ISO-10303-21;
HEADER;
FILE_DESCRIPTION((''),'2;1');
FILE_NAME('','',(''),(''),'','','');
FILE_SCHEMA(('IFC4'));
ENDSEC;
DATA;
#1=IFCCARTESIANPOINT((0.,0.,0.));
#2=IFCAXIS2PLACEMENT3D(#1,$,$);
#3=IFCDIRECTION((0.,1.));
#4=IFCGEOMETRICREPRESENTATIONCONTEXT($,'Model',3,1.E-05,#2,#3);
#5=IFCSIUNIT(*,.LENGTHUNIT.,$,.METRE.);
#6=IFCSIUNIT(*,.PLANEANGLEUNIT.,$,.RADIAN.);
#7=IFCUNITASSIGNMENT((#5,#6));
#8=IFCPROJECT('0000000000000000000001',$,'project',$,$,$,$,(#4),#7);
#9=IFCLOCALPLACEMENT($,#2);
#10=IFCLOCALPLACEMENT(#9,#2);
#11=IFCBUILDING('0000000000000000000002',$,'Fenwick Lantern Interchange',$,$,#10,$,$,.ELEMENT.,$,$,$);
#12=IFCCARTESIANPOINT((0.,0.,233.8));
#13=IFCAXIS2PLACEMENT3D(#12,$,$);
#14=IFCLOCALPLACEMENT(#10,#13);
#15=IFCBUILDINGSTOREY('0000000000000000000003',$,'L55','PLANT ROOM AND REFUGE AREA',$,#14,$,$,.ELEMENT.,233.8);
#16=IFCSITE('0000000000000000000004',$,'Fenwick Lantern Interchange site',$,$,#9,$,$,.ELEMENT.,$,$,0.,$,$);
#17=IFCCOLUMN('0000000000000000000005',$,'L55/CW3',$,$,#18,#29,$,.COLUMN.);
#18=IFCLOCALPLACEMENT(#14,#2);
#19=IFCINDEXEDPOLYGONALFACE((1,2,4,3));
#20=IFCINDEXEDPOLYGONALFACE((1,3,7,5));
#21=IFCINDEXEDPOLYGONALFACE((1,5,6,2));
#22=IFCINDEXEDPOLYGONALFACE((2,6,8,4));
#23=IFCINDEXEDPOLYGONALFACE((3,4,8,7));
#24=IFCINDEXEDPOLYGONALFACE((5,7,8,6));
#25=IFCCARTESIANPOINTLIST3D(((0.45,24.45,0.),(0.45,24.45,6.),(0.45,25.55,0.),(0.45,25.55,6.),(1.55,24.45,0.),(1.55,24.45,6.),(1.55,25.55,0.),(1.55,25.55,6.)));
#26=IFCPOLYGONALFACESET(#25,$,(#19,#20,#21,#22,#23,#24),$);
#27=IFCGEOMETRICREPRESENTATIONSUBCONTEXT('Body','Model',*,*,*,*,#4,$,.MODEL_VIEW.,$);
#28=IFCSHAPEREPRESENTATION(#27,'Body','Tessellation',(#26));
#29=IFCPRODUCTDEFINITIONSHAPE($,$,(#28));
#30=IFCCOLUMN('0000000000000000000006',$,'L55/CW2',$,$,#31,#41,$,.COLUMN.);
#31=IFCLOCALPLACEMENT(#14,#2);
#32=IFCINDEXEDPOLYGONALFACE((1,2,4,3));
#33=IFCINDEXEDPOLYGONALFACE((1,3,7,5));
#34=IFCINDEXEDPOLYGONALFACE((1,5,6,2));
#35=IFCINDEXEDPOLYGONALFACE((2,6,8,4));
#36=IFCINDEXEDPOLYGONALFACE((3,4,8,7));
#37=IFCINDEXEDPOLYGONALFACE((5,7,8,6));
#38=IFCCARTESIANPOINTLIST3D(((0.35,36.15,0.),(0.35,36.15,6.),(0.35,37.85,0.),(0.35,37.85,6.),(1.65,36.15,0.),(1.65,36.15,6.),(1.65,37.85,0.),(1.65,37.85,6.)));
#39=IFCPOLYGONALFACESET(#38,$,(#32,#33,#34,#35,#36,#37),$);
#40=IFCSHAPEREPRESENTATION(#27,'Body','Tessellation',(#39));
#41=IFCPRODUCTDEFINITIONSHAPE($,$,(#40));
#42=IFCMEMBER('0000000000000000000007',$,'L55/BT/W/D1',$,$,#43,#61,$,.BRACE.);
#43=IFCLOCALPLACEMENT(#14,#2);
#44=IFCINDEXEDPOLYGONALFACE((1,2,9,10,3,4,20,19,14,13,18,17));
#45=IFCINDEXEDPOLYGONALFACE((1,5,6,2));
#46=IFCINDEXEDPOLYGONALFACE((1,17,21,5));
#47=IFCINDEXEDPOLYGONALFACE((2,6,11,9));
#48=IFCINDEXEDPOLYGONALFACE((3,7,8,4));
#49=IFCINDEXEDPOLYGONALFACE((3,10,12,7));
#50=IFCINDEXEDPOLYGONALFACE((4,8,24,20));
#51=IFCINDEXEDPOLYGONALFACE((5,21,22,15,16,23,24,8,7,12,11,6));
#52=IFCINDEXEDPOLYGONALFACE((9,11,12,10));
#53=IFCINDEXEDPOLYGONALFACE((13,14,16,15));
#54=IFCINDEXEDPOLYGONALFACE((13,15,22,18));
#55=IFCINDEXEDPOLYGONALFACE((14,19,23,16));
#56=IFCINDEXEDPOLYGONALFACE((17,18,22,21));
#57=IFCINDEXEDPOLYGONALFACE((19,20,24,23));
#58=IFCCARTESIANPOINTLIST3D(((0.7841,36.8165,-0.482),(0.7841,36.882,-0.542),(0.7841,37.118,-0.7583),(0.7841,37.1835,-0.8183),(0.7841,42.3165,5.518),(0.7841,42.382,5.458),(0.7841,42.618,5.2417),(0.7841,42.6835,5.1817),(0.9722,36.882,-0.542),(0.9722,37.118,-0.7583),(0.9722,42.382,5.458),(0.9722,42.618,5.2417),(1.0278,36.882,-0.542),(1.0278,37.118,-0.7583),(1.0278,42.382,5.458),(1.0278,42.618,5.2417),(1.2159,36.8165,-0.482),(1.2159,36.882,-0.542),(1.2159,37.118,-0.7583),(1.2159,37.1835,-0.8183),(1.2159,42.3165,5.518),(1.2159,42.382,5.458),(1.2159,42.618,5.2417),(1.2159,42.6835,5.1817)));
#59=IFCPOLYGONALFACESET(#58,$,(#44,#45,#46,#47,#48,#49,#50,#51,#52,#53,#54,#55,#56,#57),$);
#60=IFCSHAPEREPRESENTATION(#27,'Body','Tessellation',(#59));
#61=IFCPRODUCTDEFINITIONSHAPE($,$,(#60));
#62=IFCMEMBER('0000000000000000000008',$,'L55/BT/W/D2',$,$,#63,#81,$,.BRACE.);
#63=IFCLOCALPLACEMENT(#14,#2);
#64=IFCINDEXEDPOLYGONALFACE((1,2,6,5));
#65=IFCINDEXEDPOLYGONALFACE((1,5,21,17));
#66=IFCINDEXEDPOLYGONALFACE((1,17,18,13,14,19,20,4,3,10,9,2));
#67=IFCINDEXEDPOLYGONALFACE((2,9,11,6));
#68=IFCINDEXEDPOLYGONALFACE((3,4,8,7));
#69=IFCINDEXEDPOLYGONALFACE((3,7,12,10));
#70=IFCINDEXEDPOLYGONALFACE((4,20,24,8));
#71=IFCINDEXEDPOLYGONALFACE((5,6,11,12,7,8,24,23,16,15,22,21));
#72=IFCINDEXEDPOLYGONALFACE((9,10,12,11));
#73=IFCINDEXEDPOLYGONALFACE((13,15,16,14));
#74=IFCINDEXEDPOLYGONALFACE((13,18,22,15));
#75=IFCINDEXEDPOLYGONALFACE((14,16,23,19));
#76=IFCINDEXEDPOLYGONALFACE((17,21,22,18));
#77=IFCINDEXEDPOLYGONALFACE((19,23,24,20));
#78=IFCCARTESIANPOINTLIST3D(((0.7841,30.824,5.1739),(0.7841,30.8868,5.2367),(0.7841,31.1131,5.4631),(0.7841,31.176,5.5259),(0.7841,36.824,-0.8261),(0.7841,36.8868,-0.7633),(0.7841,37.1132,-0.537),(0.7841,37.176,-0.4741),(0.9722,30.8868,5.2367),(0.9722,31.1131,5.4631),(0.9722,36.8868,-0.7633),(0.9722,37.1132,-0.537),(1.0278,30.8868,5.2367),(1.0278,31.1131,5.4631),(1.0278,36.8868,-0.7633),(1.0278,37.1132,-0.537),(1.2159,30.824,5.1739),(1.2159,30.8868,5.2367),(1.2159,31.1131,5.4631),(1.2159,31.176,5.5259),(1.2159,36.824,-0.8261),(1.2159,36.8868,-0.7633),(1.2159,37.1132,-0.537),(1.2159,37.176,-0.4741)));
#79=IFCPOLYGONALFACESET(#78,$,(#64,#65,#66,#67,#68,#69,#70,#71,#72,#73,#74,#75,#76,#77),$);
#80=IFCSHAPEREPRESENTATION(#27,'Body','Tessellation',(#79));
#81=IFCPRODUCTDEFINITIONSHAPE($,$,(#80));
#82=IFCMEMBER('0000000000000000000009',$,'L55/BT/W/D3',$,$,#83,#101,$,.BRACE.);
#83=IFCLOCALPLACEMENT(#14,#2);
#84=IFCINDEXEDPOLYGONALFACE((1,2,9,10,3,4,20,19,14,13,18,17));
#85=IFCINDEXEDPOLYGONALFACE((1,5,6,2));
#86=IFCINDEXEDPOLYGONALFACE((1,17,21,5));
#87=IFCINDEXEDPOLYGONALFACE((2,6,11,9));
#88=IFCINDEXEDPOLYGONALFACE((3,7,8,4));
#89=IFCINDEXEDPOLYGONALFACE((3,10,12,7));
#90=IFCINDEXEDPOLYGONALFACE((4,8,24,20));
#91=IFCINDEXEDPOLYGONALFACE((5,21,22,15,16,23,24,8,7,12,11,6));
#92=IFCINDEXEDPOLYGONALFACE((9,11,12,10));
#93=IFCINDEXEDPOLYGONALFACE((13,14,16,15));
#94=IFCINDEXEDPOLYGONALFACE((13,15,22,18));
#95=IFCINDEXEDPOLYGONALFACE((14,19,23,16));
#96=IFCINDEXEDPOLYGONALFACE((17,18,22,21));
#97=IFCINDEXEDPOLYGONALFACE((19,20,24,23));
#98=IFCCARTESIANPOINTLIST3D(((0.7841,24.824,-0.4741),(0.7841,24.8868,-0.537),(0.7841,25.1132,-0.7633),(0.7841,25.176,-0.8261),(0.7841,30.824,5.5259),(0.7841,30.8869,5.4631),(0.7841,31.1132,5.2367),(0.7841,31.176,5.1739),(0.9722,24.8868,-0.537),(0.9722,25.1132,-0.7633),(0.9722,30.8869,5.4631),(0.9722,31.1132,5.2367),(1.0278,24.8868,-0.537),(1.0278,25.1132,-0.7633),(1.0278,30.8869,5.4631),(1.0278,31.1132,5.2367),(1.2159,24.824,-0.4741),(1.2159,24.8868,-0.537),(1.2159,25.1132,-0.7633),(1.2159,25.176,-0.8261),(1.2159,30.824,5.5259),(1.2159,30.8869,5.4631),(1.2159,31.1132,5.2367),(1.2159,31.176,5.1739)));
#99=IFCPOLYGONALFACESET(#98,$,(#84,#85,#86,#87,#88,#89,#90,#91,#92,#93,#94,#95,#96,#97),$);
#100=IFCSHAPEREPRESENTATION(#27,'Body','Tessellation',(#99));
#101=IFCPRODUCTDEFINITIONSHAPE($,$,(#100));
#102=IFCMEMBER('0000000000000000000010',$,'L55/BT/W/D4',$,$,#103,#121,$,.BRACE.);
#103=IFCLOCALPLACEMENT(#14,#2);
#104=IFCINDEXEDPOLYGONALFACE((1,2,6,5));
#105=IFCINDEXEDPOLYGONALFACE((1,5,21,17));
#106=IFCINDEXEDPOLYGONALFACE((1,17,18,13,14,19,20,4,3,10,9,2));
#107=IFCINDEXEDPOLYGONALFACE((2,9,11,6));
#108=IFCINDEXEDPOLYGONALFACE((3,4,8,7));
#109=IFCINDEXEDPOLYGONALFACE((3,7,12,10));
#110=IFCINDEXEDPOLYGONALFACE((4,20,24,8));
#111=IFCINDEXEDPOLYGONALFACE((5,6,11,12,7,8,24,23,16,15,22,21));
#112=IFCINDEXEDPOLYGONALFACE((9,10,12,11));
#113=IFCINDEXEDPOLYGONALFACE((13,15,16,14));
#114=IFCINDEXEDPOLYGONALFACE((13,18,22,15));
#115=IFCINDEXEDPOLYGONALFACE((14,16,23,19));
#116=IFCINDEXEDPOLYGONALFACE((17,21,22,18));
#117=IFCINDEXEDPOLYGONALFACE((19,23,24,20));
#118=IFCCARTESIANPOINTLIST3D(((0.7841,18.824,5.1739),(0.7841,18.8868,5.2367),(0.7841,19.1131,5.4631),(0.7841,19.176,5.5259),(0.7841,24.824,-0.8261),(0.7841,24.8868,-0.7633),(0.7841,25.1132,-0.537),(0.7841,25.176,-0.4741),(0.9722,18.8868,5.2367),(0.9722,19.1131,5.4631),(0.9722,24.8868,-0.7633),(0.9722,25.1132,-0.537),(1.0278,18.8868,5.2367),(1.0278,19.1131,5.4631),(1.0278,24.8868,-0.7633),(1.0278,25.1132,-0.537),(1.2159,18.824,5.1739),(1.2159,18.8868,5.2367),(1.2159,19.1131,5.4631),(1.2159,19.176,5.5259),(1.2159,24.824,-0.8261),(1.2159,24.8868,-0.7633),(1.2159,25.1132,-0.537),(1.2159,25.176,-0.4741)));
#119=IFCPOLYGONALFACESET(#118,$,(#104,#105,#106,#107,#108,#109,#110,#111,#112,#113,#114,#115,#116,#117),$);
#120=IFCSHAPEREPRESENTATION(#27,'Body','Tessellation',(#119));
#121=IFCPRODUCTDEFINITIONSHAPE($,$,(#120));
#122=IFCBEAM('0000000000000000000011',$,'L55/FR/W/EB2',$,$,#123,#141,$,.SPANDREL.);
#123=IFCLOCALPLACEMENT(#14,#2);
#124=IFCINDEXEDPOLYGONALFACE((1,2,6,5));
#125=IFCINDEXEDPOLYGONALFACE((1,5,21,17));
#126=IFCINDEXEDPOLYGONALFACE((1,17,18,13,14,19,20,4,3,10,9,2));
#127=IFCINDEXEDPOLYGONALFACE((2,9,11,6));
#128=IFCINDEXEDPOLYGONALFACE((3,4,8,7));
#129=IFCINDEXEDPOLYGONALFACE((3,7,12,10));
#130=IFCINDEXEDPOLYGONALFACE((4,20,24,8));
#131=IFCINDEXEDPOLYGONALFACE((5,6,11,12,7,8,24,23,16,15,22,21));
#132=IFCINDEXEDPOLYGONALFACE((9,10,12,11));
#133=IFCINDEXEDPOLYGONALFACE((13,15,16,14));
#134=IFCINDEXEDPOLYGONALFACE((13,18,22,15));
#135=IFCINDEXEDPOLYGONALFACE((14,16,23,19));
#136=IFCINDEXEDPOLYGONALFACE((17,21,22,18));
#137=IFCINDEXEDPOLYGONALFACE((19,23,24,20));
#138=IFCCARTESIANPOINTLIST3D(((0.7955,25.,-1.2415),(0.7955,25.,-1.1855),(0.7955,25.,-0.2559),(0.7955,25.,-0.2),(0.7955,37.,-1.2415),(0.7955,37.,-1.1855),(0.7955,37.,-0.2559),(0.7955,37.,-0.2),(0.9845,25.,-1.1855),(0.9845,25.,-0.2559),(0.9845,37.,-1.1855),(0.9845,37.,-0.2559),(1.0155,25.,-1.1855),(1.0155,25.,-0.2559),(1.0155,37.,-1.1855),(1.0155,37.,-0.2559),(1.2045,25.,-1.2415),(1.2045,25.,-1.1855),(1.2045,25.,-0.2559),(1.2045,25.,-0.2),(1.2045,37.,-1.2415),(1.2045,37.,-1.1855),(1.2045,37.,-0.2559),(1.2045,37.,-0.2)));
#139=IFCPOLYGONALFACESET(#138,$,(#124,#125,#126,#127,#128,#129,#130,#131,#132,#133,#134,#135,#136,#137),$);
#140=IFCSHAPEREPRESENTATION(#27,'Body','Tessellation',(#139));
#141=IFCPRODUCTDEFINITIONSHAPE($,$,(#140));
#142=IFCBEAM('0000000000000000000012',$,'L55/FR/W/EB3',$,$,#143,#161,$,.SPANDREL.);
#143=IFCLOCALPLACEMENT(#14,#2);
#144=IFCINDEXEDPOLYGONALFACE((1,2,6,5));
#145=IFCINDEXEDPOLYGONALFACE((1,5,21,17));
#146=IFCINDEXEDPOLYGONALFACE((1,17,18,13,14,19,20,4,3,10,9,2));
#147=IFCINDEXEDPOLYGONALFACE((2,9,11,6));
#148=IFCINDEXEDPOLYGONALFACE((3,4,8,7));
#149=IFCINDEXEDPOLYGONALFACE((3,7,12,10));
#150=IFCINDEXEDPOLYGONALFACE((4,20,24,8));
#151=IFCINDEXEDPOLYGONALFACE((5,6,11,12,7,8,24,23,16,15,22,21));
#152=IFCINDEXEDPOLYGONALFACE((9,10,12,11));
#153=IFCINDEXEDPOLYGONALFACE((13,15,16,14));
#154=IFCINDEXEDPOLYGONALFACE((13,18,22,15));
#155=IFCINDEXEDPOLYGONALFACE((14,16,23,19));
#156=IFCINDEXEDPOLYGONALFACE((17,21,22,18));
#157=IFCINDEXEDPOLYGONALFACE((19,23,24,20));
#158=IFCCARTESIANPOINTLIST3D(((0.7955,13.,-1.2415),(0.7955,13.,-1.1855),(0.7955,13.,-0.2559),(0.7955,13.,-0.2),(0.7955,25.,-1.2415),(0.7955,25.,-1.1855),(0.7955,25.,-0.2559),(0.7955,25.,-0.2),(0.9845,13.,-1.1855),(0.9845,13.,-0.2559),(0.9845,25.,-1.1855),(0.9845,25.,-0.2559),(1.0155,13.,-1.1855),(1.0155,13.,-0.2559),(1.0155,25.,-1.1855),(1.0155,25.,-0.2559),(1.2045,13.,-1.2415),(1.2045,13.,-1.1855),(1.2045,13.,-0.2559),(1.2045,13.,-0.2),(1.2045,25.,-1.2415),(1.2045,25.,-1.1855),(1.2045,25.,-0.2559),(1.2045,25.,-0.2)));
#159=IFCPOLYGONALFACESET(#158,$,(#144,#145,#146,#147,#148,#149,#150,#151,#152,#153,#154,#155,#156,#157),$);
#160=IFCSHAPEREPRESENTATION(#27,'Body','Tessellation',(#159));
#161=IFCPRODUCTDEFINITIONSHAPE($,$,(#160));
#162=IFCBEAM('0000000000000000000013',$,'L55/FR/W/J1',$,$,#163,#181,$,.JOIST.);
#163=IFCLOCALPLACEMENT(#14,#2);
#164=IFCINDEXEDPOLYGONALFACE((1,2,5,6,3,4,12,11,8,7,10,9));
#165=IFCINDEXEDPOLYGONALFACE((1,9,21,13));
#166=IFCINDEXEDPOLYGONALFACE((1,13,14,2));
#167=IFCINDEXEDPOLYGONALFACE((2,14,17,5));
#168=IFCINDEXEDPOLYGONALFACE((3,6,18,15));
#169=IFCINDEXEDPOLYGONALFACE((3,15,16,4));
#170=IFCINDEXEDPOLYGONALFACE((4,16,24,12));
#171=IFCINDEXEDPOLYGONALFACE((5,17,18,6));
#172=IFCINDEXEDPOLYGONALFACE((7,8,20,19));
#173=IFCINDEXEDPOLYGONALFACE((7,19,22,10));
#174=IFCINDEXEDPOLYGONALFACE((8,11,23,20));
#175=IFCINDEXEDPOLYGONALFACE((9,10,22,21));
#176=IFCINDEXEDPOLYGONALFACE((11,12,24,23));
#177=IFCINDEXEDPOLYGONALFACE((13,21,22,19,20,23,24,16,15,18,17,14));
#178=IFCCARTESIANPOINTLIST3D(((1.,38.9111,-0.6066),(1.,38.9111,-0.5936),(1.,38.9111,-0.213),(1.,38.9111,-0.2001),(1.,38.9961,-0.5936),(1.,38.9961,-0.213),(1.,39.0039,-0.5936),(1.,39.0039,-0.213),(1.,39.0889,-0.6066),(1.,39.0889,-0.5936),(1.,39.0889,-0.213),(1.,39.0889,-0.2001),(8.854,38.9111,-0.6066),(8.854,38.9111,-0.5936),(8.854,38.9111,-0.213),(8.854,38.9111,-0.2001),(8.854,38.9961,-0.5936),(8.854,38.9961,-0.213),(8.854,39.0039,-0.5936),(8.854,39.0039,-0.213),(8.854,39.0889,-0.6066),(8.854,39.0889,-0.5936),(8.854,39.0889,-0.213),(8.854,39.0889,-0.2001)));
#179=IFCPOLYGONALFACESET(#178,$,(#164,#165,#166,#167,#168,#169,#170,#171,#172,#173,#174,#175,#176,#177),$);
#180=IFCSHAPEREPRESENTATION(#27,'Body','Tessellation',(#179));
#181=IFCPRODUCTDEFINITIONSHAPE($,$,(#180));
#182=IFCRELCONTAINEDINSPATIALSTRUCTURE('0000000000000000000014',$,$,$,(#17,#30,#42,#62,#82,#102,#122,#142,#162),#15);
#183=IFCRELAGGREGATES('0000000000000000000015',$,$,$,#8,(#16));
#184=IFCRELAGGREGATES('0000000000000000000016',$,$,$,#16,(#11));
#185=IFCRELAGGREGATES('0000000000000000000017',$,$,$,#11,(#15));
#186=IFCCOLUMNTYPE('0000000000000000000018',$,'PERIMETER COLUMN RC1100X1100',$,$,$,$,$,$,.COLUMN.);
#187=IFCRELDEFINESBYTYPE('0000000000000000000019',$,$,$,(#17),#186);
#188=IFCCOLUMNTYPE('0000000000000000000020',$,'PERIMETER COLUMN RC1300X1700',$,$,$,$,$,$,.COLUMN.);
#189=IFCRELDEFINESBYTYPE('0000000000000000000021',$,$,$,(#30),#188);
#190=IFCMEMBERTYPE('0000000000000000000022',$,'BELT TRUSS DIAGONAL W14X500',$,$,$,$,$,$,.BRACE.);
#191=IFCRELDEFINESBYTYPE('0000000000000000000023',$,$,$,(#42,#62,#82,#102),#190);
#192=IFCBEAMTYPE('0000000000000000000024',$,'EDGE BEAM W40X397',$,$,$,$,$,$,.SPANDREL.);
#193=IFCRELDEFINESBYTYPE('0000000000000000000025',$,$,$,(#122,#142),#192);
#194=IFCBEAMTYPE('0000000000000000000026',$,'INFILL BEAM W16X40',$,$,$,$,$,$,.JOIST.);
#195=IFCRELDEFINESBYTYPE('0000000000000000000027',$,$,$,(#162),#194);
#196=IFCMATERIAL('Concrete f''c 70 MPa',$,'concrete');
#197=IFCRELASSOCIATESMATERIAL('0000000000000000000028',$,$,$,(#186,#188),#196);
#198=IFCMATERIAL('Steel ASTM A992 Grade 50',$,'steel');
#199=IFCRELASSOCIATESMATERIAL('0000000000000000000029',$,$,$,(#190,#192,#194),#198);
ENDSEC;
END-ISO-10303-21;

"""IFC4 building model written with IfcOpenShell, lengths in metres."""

from ifc_helpers import new_model, si_unit, direction, frame, origin, origin_2d, place, context, subcontext, project, spatial, rectangle, i_section, extrude, material, material_profile, profile_set, type_object, element, save


model = new_model("IFC4")

# Units and contexts
model_context = context("Model", 3, precision=1e-05, world=origin(), true_north=direction((0.0, 1.0)))
body_context = subcontext(model_context, "Body", "Model", "MODEL_VIEW")
ifc_project = project(units=[si_unit("LENGTHUNIT", "METRE"), si_unit("PLANEANGLEUNIT", "RADIAN")], contexts=[model_context])

# Site, building, storey
site_placement = place(None, origin())
site = spatial("IfcSite", under=ifc_project, at=site_placement, Name="Fenwick Lantern Interchange site", CompositionType="ELEMENT", RefElevation=0.0)
building_placement = place(site_placement, origin())
building = spatial("IfcBuilding", under=site, at=building_placement, Name="Fenwick Lantern Interchange", CompositionType="ELEMENT")
storey_placement = place(building_placement, frame((0.0, 0.0, 233.8)))
storey = spatial("IfcBuildingStorey", under=building, at=storey_placement, Name="L55", Description="PLANT ROOM AND REFUGE AREA", CompositionType="ELEMENT", Elevation=233.8)

# Columns
ifc_material_1 = material(Name="Concrete f'c 70 MPa", Category="concrete")
ifc_material_profile_1 = material_profile(ifc_material_1, rectangle(XDim=1.1001, YDim=1.1001, at=origin_2d()), Name="RC1100X1100")
ifc_profile_set_1 = profile_set([ifc_material_profile_1], Name="Concrete f'c 70 MPa")
column_type_1 = type_object("IfcColumnType", Name="PERIMETER COLUMN RC1100X1100", PredefinedType="COLUMN", material=ifc_profile_set_1)
column_1_placement = place(storey_placement, frame((1.0, 25.0, 0.0), z_axis=(0.0, 0.0, 1.0), x_axis=(1.0, 0.0, 0.0)))
element("IfcColumn", 1, at=column_1_placement, inside=storey, type_object=column_type_1, Name="L55/CW3", PredefinedType="COLUMN", context=body_context, shape_type="SweptSolid", body=[
    extrude(rectangle(XDim=1.1001, YDim=1.1001, at=origin_2d()), origin(), (0.0, 0.0, 1.0), 6.0),
])
ifc_material_profile_2 = material_profile(ifc_material_1, rectangle(XDim=1.3, YDim=1.7, at=origin_2d()), Name="RC1300X1700")
ifc_profile_set_2 = profile_set([ifc_material_profile_2], Name="Concrete f'c 70 MPa")
column_type_2 = type_object("IfcColumnType", Name="PERIMETER COLUMN RC1300X1700", PredefinedType="COLUMN", material=ifc_profile_set_2)
column_2_placement = place(storey_placement, frame((1.0, 37.0, 0.0), z_axis=(0.0, 0.0, 1.0), x_axis=(1.0, 0.0, 0.0)))
element("IfcColumn", 2, at=column_2_placement, inside=storey, type_object=column_type_2, Name="L55/CW2", PredefinedType="COLUMN", context=body_context, shape_type="SweptSolid", body=[
    extrude(rectangle(XDim=1.3, YDim=1.7, at=origin_2d()), origin(), (0.0, 0.0, 1.0), 6.0),
])

# Members
ifc_material_2 = material(Name="Steel ASTM A992 Grade 50", Category="steel")
ifc_material_profile_3 = material_profile(ifc_material_2, i_section(OverallWidth=0.4319, OverallDepth=0.4978, WebThickness=0.0557, FlangeThickness=0.0889, at=origin_2d()), Name="W14X500")
ifc_profile_set_3 = profile_set([ifc_material_profile_3], Name="Steel ASTM A992 Grade 50")
member_type_1 = type_object("IfcMemberType", Name="BELT TRUSS DIAGONAL W14X500", PredefinedType="BRACE", material=ifc_profile_set_3)
member_1_placement = place(storey_placement, frame((1.0, 37.0, -0.6501), z_axis=(0.0, 0.675725, 0.737154), x_axis=(-1.0, 0.0, 0.0)))
element("IfcMember", 3, at=member_1_placement, inside=storey, type_object=member_type_1, Name="L55/BT/W/D1", PredefinedType="BRACE", context=body_context, shape_type="SweptSolid", body=[
    extrude(i_section(OverallWidth=0.4319, OverallDepth=0.4978, WebThickness=0.0557, FlangeThickness=0.0889, at=origin_2d()), origin(), (0.0, 0.0, 1.0), 8.1394),
])
for number, where, z_axis, x_axis, name in (
    (4, (1.0, 37.0, -0.6501), (0.0, -0.707107, 0.707107), (1.0, 0.0, 0.0), "L55/BT/W/D2"),
    (5, (1.0, 25.0, -0.6501), (0.0, 0.707107, 0.707107), (-1.0, 0.0, 0.0), "L55/BT/W/D3"),
    (6, (1.0, 25.0, -0.6501), (0.0, -0.707107, 0.707107), (1.0, 0.0, 0.0), "L55/BT/W/D4"),
):
    element("IfcMember", number, at=place(storey_placement, frame(where, z_axis=z_axis, x_axis=x_axis)), inside=storey, type_object=member_type_1, Name=name, PredefinedType="BRACE", context=body_context, shape_type="SweptSolid", body=[
        extrude(i_section(OverallWidth=0.4319, OverallDepth=0.4978, WebThickness=0.0557, FlangeThickness=0.0889, at=origin_2d()), origin(), (0.0, 0.0, 1.0), 8.4854),
    ])

# Beams
ifc_material_profile_4 = material_profile(ifc_material_2, i_section(OverallWidth=0.4089, OverallDepth=1.0415, WebThickness=0.031, FlangeThickness=0.0559, at=origin_2d()), Name="W40X397")
ifc_profile_set_4 = profile_set([ifc_material_profile_4], Name="Steel ASTM A992 Grade 50")
beam_type_1 = type_object("IfcBeamType", Name="EDGE BEAM W40X397", PredefinedType="SPANDREL", material=ifc_profile_set_4)
for number, where, z_axis, x_axis, name in (
    (7, (1.0, 37.0, -0.7207), (0.0, -1.0, 0.0), (1.0, 0.0, 0.0), "L55/FR/W/EB2"),
    (8, (1.0, 25.0, -0.7207), (0.0, -1.0, 0.0), (1.0, 0.0, 0.0), "L55/FR/W/EB3"),
):
    element("IfcBeam", number, at=place(storey_placement, frame(where, z_axis=z_axis, x_axis=x_axis)), inside=storey, type_object=beam_type_1, Name=name, PredefinedType="SPANDREL", context=body_context, shape_type="SweptSolid", body=[
        extrude(i_section(OverallWidth=0.4089, OverallDepth=1.0415, WebThickness=0.031, FlangeThickness=0.0559, at=origin_2d()), origin(), (0.0, 0.0, 1.0), 12.0),
    ])
ifc_material_profile_5 = material_profile(ifc_material_2, i_section(OverallWidth=0.1777, OverallDepth=0.4065, WebThickness=0.0078, FlangeThickness=0.0129, at=origin_2d()), Name="W16X40")
ifc_profile_set_5 = profile_set([ifc_material_profile_5], Name="Steel ASTM A992 Grade 50")
beam_type_2 = type_object("IfcBeamType", Name="INFILL BEAM W16X40", PredefinedType="JOIST", material=ifc_profile_set_5)
beam_1_placement = place(storey_placement, frame((1.0, 39.0, -0.4033), z_axis=(1.0, 0.0, 0.0), x_axis=(0.0, 1.0, 0.0)))
element("IfcBeam", 9, at=beam_1_placement, inside=storey, type_object=beam_type_2, Name="L55/FR/W/J1", PredefinedType="JOIST", context=body_context, shape_type="SweptSolid", body=[
    extrude(i_section(OverallWidth=0.1777, OverallDepth=0.4065, WebThickness=0.0078, FlangeThickness=0.0129, at=origin_2d()), origin(), (0.0, 0.0, 1.0), 7.854),
])

save(model, "model.ifc")
